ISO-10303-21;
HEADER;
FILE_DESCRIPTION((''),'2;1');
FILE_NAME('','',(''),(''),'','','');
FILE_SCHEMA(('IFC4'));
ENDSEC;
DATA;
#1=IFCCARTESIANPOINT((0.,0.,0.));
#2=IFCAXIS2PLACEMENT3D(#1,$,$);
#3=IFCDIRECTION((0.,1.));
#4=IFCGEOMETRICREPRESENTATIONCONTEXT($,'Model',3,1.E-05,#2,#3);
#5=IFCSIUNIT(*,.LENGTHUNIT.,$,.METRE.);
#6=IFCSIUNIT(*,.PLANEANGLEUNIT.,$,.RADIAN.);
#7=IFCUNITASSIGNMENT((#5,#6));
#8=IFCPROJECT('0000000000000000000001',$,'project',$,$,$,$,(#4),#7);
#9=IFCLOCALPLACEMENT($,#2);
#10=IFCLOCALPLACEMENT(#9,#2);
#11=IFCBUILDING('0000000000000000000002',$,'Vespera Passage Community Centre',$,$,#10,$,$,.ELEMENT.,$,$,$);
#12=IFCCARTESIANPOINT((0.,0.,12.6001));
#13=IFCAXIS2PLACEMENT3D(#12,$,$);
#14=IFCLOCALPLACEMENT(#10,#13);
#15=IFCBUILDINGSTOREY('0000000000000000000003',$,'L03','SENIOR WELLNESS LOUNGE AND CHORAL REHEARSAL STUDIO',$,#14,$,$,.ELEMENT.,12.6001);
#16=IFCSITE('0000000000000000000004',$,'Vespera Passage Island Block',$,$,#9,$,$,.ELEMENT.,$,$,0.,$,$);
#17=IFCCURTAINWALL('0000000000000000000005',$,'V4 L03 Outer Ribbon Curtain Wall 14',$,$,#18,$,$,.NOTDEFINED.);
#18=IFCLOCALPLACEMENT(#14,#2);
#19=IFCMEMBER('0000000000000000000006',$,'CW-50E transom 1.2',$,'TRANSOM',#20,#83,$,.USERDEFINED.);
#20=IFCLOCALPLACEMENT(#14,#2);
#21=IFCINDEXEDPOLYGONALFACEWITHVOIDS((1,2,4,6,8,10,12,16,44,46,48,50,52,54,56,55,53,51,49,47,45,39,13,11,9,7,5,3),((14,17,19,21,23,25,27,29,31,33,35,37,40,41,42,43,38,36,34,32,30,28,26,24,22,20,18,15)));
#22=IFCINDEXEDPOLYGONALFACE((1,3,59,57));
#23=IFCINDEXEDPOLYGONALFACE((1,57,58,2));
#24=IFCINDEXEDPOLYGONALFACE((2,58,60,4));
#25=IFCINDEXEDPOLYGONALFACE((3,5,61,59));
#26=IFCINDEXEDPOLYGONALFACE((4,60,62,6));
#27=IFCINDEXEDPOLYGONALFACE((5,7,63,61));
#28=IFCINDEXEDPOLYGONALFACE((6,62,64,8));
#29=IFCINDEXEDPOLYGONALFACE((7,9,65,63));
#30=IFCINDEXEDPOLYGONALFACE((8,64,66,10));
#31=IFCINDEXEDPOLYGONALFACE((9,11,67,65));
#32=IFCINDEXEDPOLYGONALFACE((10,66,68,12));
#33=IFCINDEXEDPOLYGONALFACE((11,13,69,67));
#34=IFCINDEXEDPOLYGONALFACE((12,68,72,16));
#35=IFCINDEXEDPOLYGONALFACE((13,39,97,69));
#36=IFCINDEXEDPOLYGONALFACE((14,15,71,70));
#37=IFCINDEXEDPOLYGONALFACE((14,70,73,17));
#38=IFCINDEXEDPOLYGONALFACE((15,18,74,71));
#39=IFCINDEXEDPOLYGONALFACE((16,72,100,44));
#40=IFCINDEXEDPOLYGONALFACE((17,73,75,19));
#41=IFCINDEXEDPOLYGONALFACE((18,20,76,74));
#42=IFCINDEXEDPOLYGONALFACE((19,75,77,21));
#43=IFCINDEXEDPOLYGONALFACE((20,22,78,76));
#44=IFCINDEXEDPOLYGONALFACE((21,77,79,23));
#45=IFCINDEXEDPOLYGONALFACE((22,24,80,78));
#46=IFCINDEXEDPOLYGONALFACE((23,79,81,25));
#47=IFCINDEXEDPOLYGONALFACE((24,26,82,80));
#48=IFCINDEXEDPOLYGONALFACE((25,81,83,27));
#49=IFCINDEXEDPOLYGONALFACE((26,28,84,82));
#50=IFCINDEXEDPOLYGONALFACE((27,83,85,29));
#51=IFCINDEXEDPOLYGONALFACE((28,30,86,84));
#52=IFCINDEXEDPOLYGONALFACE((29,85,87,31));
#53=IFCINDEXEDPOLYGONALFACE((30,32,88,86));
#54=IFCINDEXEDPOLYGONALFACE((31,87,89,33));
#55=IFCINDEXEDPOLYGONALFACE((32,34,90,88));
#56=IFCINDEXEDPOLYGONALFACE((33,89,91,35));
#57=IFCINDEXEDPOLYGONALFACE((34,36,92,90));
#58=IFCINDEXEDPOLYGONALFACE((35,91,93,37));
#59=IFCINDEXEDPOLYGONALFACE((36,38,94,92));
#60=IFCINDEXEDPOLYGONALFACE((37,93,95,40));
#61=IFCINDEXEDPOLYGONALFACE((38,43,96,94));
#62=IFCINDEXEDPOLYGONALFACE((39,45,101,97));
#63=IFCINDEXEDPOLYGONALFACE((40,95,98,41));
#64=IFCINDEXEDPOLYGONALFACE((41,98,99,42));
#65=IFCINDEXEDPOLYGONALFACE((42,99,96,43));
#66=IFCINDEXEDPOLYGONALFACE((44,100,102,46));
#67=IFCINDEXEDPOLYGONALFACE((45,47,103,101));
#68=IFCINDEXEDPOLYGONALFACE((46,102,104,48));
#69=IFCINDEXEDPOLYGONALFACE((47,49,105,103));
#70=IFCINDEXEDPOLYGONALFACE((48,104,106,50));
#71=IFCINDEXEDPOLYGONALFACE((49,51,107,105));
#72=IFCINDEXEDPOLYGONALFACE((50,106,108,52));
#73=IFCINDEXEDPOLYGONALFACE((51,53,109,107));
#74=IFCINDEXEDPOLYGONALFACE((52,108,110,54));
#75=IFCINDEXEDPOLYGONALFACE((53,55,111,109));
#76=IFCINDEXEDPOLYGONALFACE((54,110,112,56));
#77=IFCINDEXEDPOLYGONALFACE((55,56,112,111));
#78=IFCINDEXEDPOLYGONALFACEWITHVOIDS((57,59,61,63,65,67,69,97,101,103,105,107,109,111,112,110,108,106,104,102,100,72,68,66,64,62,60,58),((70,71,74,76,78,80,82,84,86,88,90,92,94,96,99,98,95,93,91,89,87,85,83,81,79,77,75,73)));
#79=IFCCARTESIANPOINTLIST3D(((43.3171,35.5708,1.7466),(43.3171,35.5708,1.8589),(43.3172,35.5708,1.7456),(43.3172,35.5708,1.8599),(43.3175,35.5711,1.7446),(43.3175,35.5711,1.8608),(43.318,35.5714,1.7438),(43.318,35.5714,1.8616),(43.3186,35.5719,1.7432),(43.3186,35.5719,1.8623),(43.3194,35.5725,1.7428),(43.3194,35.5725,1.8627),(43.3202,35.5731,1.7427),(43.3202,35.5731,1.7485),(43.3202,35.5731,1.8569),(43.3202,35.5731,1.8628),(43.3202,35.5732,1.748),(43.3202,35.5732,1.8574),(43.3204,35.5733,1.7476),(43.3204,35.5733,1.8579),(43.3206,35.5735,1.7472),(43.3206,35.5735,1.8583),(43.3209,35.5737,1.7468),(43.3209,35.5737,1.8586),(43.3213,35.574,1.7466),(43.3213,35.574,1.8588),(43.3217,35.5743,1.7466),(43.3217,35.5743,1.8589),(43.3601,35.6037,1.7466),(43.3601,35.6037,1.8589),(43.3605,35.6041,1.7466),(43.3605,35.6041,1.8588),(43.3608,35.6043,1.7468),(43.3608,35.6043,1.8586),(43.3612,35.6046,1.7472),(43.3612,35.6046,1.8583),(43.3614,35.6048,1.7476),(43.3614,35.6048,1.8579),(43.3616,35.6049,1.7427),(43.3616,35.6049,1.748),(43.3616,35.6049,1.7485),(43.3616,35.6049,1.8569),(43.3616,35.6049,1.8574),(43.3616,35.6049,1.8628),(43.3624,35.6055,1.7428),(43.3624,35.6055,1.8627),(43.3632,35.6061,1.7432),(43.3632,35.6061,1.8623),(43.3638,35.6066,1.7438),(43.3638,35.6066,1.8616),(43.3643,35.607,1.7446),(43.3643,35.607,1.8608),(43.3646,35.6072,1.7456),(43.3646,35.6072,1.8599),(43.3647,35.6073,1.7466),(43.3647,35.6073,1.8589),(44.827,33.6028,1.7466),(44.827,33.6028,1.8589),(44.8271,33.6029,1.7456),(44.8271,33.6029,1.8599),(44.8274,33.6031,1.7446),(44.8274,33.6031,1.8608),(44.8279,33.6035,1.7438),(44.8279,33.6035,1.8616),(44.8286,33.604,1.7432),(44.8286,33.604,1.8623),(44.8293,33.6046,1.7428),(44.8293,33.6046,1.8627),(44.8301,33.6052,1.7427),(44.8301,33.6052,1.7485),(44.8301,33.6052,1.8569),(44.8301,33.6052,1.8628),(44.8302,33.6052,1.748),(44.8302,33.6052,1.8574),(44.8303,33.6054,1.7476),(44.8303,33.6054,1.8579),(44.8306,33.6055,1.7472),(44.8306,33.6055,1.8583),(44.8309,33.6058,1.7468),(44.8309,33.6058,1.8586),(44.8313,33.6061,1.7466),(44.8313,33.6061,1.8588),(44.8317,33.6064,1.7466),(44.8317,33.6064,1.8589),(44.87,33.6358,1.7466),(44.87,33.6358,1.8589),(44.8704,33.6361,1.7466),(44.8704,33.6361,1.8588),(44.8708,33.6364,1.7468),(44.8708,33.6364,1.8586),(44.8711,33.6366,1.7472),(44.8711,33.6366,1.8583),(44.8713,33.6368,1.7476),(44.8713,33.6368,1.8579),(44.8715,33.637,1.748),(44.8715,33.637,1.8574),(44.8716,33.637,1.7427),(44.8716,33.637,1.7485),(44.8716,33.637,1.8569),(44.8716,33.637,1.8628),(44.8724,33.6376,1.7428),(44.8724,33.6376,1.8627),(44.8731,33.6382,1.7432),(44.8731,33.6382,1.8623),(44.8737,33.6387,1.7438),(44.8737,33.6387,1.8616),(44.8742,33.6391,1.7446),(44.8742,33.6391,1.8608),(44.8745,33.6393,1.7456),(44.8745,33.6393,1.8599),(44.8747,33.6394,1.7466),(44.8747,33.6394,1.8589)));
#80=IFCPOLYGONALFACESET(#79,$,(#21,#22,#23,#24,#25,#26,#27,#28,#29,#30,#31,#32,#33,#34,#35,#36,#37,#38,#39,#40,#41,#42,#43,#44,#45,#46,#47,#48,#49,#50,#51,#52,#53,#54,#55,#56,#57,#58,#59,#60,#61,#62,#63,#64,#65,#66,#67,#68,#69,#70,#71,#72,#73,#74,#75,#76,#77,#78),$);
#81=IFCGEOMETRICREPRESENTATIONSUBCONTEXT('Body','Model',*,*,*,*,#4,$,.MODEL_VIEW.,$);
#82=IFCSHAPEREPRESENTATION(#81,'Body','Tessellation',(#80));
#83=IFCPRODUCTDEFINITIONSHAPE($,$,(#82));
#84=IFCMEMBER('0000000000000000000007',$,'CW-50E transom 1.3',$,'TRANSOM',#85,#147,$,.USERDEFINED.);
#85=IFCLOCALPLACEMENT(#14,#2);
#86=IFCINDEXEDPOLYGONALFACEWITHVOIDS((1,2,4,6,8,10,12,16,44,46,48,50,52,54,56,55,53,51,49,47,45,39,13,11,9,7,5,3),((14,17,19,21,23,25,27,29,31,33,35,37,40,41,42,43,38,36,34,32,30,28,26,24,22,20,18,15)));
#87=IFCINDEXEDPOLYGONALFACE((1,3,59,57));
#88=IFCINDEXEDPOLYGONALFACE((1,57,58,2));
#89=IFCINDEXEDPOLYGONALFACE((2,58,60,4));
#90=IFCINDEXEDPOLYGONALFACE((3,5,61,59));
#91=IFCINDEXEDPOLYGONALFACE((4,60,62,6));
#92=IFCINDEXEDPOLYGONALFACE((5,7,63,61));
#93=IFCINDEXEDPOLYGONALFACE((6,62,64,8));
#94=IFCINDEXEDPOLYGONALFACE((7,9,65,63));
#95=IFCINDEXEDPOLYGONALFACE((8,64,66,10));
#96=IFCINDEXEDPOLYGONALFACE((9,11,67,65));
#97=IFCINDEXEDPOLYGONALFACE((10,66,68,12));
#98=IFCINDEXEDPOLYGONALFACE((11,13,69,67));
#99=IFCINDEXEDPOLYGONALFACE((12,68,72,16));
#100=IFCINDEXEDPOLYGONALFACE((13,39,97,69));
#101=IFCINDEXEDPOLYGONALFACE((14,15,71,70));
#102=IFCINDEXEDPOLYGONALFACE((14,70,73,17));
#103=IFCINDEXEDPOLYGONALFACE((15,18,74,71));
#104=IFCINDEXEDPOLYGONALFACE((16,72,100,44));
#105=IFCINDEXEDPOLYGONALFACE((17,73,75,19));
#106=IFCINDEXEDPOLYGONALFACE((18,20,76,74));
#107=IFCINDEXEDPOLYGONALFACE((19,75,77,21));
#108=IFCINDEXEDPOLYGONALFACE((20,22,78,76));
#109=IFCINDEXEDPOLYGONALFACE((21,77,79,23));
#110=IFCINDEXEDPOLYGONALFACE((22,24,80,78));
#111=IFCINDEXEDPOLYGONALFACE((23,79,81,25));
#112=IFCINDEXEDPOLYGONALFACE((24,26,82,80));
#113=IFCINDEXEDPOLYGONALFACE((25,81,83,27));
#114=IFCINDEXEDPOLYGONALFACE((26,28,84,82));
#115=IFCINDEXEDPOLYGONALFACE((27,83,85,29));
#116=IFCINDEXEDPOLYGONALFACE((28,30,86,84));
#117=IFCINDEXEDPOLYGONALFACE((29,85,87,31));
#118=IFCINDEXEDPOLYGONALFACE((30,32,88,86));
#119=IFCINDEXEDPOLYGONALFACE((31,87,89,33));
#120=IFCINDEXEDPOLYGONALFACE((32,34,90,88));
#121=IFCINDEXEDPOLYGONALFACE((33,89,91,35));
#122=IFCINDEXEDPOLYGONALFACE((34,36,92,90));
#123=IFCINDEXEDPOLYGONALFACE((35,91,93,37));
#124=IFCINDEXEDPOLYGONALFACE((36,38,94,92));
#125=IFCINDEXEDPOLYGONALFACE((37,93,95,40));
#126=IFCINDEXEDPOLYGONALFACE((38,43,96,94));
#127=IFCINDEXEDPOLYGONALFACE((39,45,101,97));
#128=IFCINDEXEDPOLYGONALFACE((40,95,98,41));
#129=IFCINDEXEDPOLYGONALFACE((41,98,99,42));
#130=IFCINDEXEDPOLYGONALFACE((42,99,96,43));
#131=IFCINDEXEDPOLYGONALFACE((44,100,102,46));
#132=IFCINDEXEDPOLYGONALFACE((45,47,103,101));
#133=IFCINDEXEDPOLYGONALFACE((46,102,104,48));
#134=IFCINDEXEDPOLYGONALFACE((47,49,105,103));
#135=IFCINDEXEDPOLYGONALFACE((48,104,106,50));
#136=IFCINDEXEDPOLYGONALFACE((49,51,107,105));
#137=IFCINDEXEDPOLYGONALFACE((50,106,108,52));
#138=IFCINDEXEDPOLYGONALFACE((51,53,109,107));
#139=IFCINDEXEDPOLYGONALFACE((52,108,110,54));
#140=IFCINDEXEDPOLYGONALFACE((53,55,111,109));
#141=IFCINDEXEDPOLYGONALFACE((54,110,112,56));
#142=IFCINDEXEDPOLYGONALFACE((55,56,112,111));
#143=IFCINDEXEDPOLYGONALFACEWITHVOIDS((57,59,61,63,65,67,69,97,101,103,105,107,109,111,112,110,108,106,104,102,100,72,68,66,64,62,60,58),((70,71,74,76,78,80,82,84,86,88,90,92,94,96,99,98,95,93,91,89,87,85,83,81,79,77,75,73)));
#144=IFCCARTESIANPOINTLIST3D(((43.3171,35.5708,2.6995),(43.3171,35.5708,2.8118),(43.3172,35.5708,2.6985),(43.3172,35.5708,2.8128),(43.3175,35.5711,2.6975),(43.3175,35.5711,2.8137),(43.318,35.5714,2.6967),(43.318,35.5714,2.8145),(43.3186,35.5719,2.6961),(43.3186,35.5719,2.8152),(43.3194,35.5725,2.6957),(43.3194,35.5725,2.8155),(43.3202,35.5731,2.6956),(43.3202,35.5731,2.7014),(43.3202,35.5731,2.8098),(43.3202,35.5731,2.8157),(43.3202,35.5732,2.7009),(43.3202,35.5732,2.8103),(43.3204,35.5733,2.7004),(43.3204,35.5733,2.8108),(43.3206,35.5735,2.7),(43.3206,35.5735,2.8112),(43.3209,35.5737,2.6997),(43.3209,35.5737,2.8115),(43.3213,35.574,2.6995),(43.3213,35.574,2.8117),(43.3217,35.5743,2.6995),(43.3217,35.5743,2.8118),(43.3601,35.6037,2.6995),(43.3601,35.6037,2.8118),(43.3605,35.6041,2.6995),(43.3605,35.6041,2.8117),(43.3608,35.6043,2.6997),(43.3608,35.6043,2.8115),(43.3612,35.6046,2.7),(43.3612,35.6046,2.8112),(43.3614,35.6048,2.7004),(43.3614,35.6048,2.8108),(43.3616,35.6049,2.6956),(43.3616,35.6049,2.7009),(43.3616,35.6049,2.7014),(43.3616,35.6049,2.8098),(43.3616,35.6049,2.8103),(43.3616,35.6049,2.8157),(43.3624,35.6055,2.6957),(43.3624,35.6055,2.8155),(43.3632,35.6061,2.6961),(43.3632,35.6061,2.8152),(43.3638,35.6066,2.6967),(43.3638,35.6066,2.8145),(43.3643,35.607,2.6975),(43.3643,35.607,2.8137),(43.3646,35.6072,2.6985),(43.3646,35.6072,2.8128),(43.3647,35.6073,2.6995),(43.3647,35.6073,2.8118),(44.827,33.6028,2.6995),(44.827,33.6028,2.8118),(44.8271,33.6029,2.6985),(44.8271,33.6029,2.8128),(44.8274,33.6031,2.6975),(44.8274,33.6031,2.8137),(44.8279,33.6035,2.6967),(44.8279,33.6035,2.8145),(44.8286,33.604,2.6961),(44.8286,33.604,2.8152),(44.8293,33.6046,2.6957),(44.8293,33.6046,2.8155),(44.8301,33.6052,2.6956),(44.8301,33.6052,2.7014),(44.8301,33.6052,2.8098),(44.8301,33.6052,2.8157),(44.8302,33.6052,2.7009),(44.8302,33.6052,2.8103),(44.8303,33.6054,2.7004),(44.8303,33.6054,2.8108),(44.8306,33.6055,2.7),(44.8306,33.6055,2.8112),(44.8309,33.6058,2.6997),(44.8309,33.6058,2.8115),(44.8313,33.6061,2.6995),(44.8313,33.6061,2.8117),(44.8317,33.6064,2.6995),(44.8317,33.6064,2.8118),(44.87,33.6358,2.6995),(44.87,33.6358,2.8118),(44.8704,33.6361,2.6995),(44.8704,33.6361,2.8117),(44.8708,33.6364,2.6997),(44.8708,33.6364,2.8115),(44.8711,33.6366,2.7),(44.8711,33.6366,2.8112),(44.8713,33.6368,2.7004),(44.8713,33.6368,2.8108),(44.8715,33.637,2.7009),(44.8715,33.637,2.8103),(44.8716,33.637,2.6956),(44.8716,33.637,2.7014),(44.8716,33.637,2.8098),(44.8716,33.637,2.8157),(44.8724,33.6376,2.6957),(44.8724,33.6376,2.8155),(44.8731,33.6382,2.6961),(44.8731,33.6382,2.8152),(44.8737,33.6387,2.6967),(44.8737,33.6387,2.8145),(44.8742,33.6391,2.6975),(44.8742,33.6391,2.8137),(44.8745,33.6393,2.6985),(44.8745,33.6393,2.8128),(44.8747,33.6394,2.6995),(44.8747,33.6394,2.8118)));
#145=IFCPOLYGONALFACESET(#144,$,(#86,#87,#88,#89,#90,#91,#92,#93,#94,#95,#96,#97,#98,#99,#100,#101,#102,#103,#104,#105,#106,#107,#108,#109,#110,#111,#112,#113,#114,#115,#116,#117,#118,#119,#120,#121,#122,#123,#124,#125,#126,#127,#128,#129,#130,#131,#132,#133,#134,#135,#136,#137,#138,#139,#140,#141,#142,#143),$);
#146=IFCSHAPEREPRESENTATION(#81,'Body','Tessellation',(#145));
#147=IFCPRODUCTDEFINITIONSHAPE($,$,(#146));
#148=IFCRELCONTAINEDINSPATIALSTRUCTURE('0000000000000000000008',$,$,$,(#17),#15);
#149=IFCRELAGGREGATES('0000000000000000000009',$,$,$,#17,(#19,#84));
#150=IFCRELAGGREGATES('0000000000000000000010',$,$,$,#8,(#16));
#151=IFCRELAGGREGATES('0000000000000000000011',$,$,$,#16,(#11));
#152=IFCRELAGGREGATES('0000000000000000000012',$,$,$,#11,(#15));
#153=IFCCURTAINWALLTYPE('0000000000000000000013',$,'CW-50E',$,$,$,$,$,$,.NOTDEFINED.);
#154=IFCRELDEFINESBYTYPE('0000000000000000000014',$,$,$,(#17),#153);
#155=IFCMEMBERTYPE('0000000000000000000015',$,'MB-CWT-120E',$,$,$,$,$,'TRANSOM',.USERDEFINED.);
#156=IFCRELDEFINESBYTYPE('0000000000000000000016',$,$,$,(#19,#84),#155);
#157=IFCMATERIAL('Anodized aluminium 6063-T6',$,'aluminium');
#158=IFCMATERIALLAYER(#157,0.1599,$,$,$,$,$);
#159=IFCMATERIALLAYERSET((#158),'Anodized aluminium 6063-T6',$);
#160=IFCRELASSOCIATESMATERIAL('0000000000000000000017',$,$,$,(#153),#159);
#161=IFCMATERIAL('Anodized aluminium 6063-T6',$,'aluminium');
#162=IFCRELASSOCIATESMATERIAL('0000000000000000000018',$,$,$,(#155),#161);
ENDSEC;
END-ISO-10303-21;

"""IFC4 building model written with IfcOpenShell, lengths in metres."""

from ifc_helpers import new_model, si_unit, direction, frame, origin, origin_2d, place, context, subcontext, project, spatial, hollow_rectangle, extrude, material, layer, layer_set, material_profile, profile_set, type_object, element, aggregate, save


model = new_model("IFC4")

# Units and contexts
model_context = context("Model", 3, precision=1e-05, world=origin(), true_north=direction((0.0, 1.0)))
body_context = subcontext(model_context, "Body", "Model", "MODEL_VIEW")
ifc_project = project(units=[si_unit("LENGTHUNIT", "METRE"), si_unit("PLANEANGLEUNIT", "RADIAN")], contexts=[model_context])

# Site, building, storey
site_placement = place(None, origin())
site = spatial("IfcSite", under=ifc_project, at=site_placement, Name="Vespera Passage Island Block", CompositionType="ELEMENT", RefElevation=0.0)
building_placement = place(site_placement, origin())
building = spatial("IfcBuilding", under=site, at=building_placement, Name="Vespera Passage Community Centre", CompositionType="ELEMENT")
storey_placement = place(building_placement, frame((0.0, 0.0, 12.6001)))
storey = spatial("IfcBuildingStorey", under=building, at=storey_placement, Name="L03", Description="SENIOR WELLNESS LOUNGE AND CHORAL REHEARSAL STUDIO", CompositionType="ELEMENT", Elevation=12.6001)

# Curtain wall, members
ifc_material_1 = material(Name="Anodized aluminium 6063-T6", Category="aluminium")
ifc_layer_1 = layer(ifc_material_1, 0.1599)
ifc_layer_set_1 = layer_set([ifc_layer_1], Name="Anodized aluminium 6063-T6")
curtain_wall_type = type_object("IfcCurtainWallType", Name="CW-50E", PredefinedType="NOTDEFINED", material=ifc_layer_set_1)
curtain_wall_placement = place(storey_placement, origin())
curtain_wall = element("IfcCurtainWall", 1, at=curtain_wall_placement, inside=storey, type_object=curtain_wall_type, Name="V4 L03 Outer Ribbon Curtain Wall 14", PredefinedType="NOTDEFINED")
ifc_material_2 = material(Name="Anodized aluminium 6063-T6", Category="aluminium")
ifc_material_profile_1 = material_profile(ifc_material_2, hollow_rectangle(XDim=0.0601, YDim=0.1201, WallThickness=0.0039, InnerFilletRadius=0.002, OuterFilletRadius=0.0039, at=origin_2d()), Name="ALU120X60X4")
ifc_profile_set_1 = profile_set([ifc_material_profile_1], Name="Anodized aluminium 6063-T6")
member_type_1 = type_object("IfcMemberType", Name="MB-CWT-120E", ElementType="TRANSOM", PredefinedType="USERDEFINED", material=ifc_profile_set_1)
member_1_placement = place(storey_placement, frame((44.8508, 33.6211, 1.8027), z_axis=(-0.608735, 0.793373, 0.0), x_axis=(-0.793373, -0.608735, 0.0)))
member_1 = element("IfcMember", 2, at=member_1_placement, type_object=member_type_1, Name="CW-50E transom 1.2", ObjectType="TRANSOM", PredefinedType="USERDEFINED", context=body_context, shape_type="SweptSolid", body=[
    extrude(hollow_rectangle(XDim=0.0601, YDim=0.1201, WallThickness=0.0039, InnerFilletRadius=0.002, OuterFilletRadius=0.0039, at=origin_2d()), origin(), (0.0, 0.0, 1.0), 2.4805),
])
member_2_placement = place(storey_placement, frame((44.8508, 33.6211, 2.7556), z_axis=(-0.608735, 0.793373, 0.0), x_axis=(-0.793373, -0.608735, 0.0)))
member_2 = element("IfcMember", 3, at=member_2_placement, type_object=member_type_1, Name="CW-50E transom 1.3", ObjectType="TRANSOM", PredefinedType="USERDEFINED", context=body_context, shape_type="SweptSolid", body=[
    extrude(hollow_rectangle(XDim=0.0601, YDim=0.1201, WallThickness=0.0039, InnerFilletRadius=0.002, OuterFilletRadius=0.0039, at=origin_2d()), origin(), (0.0, 0.0, 1.0), 2.4805),
])
aggregate(curtain_wall, [member_1, member_2])

save(model, "model.ifc")
